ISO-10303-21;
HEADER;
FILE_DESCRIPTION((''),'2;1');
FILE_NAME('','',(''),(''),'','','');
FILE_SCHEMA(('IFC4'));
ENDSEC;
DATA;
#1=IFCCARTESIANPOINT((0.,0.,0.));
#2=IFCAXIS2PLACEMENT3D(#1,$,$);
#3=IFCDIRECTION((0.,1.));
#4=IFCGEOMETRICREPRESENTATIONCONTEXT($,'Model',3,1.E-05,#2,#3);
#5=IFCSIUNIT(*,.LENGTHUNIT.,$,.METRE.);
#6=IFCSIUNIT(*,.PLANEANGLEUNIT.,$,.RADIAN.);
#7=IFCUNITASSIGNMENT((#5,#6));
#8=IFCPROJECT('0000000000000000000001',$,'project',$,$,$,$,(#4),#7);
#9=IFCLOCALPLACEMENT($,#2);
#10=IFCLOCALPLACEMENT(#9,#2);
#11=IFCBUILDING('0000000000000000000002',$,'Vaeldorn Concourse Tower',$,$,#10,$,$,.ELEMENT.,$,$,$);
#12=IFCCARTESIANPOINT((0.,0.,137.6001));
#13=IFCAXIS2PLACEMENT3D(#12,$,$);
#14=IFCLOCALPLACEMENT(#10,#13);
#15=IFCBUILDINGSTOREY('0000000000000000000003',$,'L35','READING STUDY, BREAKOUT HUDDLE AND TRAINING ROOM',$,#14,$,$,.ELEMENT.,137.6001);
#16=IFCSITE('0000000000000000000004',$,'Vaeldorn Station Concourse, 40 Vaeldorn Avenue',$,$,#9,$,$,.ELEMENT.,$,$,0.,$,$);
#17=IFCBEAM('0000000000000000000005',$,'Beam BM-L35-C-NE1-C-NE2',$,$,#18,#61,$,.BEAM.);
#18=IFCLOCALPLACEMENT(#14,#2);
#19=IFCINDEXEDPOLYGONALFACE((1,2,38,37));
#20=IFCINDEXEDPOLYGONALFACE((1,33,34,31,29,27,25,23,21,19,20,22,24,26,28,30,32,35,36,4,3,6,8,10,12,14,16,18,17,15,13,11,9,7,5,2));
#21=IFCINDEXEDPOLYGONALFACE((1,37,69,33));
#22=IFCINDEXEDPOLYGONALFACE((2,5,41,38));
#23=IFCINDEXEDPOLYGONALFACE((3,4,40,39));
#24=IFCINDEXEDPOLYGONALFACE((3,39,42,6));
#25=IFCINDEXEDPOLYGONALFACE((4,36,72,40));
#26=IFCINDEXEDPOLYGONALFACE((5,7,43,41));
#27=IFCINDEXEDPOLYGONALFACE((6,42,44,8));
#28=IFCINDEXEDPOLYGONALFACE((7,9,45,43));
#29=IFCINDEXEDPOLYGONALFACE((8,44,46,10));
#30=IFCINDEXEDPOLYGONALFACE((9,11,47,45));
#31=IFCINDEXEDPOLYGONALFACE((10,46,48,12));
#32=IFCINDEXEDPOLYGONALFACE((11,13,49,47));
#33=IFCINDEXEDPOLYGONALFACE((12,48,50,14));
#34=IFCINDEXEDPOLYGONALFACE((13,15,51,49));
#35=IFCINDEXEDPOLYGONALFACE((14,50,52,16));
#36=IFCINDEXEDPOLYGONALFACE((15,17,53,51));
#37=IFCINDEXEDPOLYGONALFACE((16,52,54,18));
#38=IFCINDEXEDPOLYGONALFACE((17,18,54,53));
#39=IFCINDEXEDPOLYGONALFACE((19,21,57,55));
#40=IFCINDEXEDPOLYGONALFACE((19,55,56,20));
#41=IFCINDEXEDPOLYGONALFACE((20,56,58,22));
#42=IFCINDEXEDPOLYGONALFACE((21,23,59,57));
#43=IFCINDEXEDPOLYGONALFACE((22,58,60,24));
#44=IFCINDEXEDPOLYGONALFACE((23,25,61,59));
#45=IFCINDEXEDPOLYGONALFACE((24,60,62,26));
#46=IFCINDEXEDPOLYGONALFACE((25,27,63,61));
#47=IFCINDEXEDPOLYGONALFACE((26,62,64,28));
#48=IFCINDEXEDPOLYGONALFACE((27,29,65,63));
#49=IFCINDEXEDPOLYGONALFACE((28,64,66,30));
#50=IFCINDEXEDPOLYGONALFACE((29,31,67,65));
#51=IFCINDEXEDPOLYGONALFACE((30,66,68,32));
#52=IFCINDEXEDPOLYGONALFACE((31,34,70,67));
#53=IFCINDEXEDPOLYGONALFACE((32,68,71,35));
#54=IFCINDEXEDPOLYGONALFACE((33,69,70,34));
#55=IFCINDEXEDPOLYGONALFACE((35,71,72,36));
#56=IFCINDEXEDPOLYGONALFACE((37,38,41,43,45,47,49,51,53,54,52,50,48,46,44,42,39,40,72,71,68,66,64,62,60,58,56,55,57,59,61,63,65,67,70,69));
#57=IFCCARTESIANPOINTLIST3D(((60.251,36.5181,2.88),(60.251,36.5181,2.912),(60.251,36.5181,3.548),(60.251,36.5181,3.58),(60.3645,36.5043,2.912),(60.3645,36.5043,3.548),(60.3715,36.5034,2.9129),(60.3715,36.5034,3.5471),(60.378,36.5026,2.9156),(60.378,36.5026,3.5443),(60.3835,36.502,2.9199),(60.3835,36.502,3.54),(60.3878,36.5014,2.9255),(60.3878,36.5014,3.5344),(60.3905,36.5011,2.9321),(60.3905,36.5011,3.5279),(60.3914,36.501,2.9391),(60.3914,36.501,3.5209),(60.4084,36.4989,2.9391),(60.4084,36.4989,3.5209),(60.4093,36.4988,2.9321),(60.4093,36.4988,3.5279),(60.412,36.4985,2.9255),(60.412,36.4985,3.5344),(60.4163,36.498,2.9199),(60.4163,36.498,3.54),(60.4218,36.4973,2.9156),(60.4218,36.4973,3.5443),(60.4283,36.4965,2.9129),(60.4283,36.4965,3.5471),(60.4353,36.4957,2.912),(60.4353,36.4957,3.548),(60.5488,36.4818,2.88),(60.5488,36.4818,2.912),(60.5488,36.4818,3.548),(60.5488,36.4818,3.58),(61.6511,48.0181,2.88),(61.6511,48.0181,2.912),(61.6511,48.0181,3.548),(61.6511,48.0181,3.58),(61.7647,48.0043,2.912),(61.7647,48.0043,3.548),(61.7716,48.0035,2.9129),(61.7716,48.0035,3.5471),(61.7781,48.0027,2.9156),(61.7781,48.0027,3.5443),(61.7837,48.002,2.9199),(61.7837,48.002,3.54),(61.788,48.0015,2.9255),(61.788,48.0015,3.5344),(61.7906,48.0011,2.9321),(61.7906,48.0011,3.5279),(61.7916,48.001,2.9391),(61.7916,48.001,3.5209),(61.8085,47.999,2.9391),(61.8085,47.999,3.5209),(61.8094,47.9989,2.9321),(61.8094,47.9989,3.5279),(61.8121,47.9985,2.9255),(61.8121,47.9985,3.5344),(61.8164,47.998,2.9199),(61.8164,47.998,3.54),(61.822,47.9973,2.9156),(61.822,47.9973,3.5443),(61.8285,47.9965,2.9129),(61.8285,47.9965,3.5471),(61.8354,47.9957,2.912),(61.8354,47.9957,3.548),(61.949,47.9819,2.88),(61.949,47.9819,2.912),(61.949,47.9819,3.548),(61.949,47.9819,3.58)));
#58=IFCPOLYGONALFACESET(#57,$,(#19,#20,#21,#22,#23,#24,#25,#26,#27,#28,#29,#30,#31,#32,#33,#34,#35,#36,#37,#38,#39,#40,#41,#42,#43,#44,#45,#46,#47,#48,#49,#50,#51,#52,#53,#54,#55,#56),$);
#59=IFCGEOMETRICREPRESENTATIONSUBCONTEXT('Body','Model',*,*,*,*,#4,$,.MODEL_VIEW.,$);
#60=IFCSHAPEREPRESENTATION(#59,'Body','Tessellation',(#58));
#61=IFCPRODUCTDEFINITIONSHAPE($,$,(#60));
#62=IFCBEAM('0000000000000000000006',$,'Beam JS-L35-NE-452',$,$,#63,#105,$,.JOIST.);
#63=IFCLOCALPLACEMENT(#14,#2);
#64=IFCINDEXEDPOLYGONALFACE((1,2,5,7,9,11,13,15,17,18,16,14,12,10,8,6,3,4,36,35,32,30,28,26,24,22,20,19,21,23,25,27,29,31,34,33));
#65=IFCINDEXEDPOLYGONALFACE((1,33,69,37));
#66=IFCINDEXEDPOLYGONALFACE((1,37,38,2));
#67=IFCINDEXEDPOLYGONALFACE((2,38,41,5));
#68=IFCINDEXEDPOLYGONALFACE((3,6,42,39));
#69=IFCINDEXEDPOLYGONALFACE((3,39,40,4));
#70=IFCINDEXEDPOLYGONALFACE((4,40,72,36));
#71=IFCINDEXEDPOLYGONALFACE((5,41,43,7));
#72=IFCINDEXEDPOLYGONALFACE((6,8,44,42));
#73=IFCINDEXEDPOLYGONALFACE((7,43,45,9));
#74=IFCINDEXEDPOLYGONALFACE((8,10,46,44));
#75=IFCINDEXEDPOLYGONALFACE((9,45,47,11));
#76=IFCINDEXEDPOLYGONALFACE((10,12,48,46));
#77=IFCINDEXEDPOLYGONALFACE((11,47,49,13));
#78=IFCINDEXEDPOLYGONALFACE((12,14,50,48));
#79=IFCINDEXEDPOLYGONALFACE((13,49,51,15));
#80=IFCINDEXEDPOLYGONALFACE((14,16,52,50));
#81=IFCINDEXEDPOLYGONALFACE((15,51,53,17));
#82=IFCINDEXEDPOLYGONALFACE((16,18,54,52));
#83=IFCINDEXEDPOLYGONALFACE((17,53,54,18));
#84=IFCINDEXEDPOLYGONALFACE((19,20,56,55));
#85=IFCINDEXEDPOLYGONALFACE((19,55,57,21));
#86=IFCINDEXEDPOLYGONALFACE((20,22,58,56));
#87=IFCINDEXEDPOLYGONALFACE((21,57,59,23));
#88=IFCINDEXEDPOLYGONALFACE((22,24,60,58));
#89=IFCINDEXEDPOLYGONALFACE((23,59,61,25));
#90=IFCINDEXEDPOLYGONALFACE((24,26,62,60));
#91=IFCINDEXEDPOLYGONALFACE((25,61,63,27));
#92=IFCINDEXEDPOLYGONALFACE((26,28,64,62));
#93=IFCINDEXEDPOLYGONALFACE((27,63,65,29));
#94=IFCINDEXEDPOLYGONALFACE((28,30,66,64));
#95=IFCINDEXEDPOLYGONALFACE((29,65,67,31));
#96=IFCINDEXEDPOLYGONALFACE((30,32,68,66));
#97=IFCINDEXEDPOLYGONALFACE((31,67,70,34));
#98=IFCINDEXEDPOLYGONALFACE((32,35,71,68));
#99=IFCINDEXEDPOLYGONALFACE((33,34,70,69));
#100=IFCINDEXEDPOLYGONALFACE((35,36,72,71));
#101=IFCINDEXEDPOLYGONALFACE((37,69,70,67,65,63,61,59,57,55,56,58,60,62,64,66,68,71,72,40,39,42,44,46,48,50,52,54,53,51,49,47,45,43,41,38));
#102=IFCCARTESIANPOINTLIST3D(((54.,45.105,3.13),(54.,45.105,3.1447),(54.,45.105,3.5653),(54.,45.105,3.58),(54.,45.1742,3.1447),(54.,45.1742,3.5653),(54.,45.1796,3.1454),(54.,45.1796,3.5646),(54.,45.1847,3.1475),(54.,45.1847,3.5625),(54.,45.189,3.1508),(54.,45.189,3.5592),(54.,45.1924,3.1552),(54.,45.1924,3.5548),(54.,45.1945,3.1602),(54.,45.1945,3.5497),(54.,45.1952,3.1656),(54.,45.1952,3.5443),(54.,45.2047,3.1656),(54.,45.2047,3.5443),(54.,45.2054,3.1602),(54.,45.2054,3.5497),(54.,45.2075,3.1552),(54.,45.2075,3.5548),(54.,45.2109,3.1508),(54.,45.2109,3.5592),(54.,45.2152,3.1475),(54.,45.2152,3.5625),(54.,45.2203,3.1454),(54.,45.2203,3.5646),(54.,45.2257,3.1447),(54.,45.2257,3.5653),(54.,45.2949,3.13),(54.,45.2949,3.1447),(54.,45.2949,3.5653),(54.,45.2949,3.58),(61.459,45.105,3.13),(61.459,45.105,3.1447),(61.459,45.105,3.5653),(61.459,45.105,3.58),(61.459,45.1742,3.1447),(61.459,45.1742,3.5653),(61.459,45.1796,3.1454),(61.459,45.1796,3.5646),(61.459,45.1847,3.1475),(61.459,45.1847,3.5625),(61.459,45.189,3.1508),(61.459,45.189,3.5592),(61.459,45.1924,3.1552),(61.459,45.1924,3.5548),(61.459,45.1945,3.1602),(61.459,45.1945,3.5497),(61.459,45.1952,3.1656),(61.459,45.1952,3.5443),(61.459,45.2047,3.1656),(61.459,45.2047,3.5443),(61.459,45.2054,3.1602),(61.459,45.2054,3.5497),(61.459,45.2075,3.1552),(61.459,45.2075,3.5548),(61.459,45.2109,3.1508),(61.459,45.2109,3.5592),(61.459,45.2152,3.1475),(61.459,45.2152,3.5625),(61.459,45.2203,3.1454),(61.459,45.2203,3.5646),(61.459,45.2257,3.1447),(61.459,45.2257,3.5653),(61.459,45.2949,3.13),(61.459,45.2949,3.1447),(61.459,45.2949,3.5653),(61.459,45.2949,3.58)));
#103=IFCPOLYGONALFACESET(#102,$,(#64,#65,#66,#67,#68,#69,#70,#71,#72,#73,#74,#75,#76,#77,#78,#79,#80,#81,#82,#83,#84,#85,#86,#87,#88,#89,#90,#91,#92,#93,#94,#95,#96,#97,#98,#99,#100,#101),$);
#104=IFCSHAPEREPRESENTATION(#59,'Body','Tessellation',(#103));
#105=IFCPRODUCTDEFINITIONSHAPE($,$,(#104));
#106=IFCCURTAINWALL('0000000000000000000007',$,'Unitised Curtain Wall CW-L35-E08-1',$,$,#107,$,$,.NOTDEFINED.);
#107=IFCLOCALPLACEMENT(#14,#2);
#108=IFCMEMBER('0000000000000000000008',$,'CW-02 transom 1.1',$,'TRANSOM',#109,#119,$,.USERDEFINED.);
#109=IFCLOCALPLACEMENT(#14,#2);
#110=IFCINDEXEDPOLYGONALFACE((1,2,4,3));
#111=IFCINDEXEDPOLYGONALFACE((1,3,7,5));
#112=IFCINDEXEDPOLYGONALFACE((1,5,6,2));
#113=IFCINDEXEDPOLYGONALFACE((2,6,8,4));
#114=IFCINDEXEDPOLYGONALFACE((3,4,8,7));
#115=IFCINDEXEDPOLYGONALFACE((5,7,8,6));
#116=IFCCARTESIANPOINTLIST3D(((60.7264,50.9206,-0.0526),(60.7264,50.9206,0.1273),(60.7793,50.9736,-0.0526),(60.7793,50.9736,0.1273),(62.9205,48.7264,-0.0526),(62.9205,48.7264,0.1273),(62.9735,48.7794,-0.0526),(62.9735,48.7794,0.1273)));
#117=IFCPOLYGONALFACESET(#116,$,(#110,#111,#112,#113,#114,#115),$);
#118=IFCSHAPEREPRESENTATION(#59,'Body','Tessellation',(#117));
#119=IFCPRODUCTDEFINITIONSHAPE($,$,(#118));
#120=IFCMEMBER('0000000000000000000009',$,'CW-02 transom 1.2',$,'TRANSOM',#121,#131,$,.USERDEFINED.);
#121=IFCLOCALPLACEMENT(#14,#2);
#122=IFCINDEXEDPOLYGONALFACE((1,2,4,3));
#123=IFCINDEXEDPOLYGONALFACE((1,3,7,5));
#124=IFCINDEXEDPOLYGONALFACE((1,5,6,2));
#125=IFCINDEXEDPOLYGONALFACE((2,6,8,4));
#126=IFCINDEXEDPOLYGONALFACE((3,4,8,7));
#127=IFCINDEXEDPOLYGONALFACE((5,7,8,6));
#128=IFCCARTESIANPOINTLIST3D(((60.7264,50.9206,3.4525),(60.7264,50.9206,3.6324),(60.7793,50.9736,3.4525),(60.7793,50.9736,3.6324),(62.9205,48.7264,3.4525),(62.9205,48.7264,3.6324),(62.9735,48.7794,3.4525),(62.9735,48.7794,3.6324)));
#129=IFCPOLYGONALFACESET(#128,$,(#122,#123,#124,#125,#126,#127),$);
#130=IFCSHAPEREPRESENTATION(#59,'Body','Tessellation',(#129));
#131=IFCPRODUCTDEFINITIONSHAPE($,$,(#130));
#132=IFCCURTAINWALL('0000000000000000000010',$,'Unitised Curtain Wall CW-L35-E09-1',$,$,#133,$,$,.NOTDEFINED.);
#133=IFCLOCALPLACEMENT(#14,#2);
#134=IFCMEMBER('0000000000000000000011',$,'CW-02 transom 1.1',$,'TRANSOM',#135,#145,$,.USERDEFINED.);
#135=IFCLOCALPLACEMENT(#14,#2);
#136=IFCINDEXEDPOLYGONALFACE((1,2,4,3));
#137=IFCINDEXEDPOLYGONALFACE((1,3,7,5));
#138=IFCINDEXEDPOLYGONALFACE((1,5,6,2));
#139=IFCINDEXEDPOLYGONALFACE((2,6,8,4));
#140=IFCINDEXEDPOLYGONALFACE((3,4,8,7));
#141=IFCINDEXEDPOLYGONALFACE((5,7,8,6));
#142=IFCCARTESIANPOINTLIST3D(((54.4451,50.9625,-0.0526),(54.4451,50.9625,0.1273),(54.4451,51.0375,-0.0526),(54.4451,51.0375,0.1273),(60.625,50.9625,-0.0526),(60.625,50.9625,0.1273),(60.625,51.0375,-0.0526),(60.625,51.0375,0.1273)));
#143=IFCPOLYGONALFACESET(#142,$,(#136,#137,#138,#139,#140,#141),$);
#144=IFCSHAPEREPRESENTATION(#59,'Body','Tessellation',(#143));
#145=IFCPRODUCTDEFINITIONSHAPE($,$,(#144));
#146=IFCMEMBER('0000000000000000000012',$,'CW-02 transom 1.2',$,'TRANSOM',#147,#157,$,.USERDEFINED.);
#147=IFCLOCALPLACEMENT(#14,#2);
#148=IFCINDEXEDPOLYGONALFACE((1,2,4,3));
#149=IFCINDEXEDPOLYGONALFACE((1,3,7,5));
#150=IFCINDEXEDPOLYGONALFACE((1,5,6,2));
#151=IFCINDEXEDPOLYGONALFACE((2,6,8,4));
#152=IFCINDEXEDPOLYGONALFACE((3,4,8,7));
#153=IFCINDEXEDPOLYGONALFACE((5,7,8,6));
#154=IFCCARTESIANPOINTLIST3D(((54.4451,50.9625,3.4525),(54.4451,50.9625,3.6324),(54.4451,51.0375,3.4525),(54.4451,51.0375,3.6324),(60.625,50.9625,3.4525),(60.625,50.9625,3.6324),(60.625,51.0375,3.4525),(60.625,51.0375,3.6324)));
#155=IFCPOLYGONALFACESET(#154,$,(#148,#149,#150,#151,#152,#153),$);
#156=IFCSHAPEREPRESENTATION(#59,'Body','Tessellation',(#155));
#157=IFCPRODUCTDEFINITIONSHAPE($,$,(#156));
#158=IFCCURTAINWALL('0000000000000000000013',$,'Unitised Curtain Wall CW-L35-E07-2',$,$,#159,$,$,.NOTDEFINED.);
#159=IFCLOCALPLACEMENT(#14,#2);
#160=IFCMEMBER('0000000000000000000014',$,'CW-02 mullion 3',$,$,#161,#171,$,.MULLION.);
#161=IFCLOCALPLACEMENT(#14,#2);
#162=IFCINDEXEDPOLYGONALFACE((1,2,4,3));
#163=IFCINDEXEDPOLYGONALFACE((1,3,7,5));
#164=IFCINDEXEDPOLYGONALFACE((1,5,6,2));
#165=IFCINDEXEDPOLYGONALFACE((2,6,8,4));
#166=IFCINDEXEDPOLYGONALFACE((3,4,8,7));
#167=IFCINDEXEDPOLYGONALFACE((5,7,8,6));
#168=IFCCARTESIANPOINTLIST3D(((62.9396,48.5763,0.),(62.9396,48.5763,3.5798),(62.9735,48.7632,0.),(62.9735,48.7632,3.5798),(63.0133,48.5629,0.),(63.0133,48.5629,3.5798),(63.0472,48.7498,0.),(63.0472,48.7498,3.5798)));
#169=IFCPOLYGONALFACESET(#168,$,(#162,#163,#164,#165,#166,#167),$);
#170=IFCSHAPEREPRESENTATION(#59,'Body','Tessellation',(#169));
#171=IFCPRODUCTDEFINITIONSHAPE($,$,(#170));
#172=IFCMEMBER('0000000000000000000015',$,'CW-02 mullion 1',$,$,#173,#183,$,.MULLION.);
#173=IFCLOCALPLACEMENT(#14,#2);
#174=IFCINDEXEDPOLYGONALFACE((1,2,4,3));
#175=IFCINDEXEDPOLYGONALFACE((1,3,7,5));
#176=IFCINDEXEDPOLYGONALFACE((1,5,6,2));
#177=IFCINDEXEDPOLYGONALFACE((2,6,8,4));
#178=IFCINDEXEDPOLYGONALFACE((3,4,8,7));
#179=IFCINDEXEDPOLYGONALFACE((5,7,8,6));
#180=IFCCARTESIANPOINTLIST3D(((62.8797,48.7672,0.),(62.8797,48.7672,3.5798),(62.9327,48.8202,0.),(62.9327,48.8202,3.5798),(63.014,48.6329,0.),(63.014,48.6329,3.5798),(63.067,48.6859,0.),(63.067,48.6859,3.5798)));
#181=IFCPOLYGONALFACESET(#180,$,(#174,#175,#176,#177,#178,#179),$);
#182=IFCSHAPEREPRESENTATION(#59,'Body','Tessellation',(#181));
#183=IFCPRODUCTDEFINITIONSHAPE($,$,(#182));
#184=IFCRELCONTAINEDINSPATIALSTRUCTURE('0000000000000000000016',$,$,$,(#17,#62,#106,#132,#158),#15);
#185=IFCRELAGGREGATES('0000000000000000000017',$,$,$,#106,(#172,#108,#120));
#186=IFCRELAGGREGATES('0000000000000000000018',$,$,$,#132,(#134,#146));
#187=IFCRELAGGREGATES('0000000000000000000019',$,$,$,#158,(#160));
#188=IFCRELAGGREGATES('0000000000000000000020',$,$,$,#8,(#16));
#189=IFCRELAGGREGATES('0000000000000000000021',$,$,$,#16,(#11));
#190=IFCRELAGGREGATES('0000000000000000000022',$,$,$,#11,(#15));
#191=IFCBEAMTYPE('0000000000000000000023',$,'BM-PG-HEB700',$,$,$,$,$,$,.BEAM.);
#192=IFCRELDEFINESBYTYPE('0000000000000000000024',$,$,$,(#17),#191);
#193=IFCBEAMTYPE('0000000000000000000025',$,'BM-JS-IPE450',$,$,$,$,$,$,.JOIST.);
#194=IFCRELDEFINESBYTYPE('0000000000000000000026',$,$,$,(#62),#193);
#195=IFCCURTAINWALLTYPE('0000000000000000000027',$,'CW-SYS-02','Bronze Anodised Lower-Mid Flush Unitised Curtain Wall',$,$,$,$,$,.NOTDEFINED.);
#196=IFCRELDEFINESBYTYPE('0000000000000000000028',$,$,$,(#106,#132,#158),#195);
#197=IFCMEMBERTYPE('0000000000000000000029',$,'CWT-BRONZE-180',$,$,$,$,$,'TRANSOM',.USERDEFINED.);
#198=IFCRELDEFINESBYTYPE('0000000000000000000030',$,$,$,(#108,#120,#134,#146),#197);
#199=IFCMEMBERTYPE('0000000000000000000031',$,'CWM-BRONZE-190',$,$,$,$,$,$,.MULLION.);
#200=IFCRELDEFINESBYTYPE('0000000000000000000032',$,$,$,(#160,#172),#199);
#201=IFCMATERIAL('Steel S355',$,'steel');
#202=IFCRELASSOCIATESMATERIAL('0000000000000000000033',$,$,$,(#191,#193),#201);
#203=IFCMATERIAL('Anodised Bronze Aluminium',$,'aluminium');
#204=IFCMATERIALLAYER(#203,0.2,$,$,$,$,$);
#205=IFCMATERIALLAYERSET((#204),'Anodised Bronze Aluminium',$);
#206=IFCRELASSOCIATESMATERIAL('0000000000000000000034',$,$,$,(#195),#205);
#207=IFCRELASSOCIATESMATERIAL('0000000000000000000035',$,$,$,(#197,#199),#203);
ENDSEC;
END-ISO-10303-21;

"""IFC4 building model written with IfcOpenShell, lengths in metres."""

from ifc_helpers import new_model, si_unit, direction, frame, origin, origin_2d, place, context, subcontext, project, spatial, rectangle, i_section, extrude, source, transform, mapped, material, layer, layer_set, material_profile, profile_set, type_object, element, aggregate, save


model = new_model("IFC4")

# Units and contexts
model_context = context("Model", 3, precision=1e-05, world=origin(), true_north=direction((0.0, 1.0)))
body_context = subcontext(model_context, "Body", "Model", "MODEL_VIEW")
ifc_project = project(units=[si_unit("LENGTHUNIT", "METRE"), si_unit("PLANEANGLEUNIT", "RADIAN")], contexts=[model_context])

# Site, building, storey
site_placement = place(None, origin())
site = spatial("IfcSite", under=ifc_project, at=site_placement, Name="Vaeldorn Station Concourse, 40 Vaeldorn Avenue", CompositionType="ELEMENT", RefElevation=0.0)
building_placement = place(site_placement, origin())
building = spatial("IfcBuilding", under=site, at=building_placement, Name="Vaeldorn Concourse Tower", CompositionType="ELEMENT")
storey_placement = place(building_placement, frame((0.0, 0.0, 137.6001)))
storey = spatial("IfcBuildingStorey", under=building, at=storey_placement, Name="L35", Description="READING STUDY, BREAKOUT HUDDLE AND TRAINING ROOM", CompositionType="ELEMENT", Elevation=137.6001)

# Beams
ifc_material_1 = material(Name="Steel S355", Category="steel")
ifc_material_profile_1 = material_profile(ifc_material_1, i_section(OverallWidth=0.3, OverallDepth=0.7, WebThickness=0.0171, FlangeThickness=0.032, FilletRadius=0.0271, at=origin_2d()), Name="HEB 700")
ifc_profile_set_1 = profile_set([ifc_material_profile_1], Name="Steel S355")
beam_type_1 = type_object("IfcBeamType", Name="BM-PG-HEB700", PredefinedType="BEAM", material=ifc_profile_set_1)
shared_shape_1 = source(origin(), body_context, "Body", "SweptSolid", [
    extrude(i_section(OverallWidth=0.3, OverallDepth=0.7, WebThickness=0.0171, FlangeThickness=0.032, FilletRadius=0.0271, at=origin_2d()), origin(), (0.0, 0.0, 1.0), 11.585),
])
beam_1_placement = place(storey_placement, frame((61.8, 48.0, 3.23), z_axis=(-0.120859, -0.99267, 0.0), x_axis=(0.99267, -0.120859, 0.0)))
element("IfcBeam", 1, at=beam_1_placement, inside=storey, type_object=beam_type_1, Name="Beam BM-L35-C-NE1-C-NE2", PredefinedType="BEAM", context=body_context, shape_type="MappedRepresentation", body=[
    mapped(shared_shape_1, transform((0.0, 0.0, 0.0), scale=1.0)),
])
ifc_material_profile_2 = material_profile(ifc_material_1, i_section(OverallWidth=0.1899, OverallDepth=0.45, WebThickness=0.0095, FlangeThickness=0.0146, FilletRadius=0.021, at=origin_2d()), Name="IPE 450")
ifc_profile_set_2 = profile_set([ifc_material_profile_2], Name="Steel S355")
beam_type_2 = type_object("IfcBeamType", Name="BM-JS-IPE450", PredefinedType="JOIST", material=ifc_profile_set_2)
shared_shape_2 = source(origin(), body_context, "Body", "SweptSolid", [
    extrude(i_section(OverallWidth=0.1899, OverallDepth=0.45, WebThickness=0.0095, FlangeThickness=0.0146, FilletRadius=0.021, at=origin_2d()), origin(), (0.0, 0.0, 1.0), 7.459),
])
beam_2_placement = place(storey_placement, frame((54.0, 45.2, 3.355), z_axis=(1.0, 0.0, 0.0), x_axis=(0.0, 1.0, 0.0)))
element("IfcBeam", 2, at=beam_2_placement, inside=storey, type_object=beam_type_2, Name="Beam JS-L35-NE-452", PredefinedType="JOIST", context=body_context, shape_type="MappedRepresentation", body=[
    mapped(shared_shape_2, transform((0.0, 0.0, 0.0), scale=1.0)),
])

# Curtain walls, members
ifc_material_2 = material(Name="Anodised Bronze Aluminium", Category="aluminium")
ifc_layer_1 = layer(ifc_material_2, 0.2)
ifc_layer_set_1 = layer_set([ifc_layer_1], Name="Anodised Bronze Aluminium")
curtain_wall_type = type_object("IfcCurtainWallType", Name="CW-SYS-02", Description="Bronze Anodised Lower-Mid Flush Unitised Curtain Wall", PredefinedType="NOTDEFINED", material=ifc_layer_set_1)
curtain_wall_1_placement = place(storey_placement, origin())
curtain_wall_1 = element("IfcCurtainWall", 3, at=curtain_wall_1_placement, inside=storey, type_object=curtain_wall_type, Name="Unitised Curtain Wall CW-L35-E08-1", PredefinedType="NOTDEFINED")
ifc_material_profile_3 = material_profile(ifc_material_2, rectangle(XDim=0.075, YDim=0.1799, at=origin_2d()), Name="CWT 75x180")
ifc_profile_set_3 = profile_set([ifc_material_profile_3], Name="Anodised Bronze Aluminium")
member_type_1 = type_object("IfcMemberType", Name="CWT-BRONZE-180", ElementType="TRANSOM", PredefinedType="USERDEFINED", material=ifc_profile_set_3)
shared_shape_3 = source(origin(), body_context, "Body", "SweptSolid", [
    extrude(rectangle(XDim=0.075, YDim=0.1799, at=origin_2d()), origin(), (0.0, 0.0, 1.0), 3.103),
])
member_1_placement = place(storey_placement, frame((62.947, 48.7529, 0.0374), z_axis=(-0.707107, 0.707107, 0.0), x_axis=(-0.707107, -0.707107, 0.0)))
member_1 = element("IfcMember", 4, at=member_1_placement, type_object=member_type_1, Name="CW-02 transom 1.1", ObjectType="TRANSOM", PredefinedType="USERDEFINED", context=body_context, shape_type="MappedRepresentation", body=[
    mapped(shared_shape_3, transform((0.0, 0.0, 0.0), scale=1.0)),
])
member_2_placement = place(storey_placement, frame((62.947, 48.7529, 3.5425), z_axis=(-0.707107, 0.707107, 0.0), x_axis=(-0.707107, -0.707107, 0.0)))
member_2 = element("IfcMember", 5, at=member_2_placement, type_object=member_type_1, Name="CW-02 transom 1.2", ObjectType="TRANSOM", PredefinedType="USERDEFINED", context=body_context, shape_type="MappedRepresentation", body=[
    mapped(shared_shape_3, transform((0.0, 0.0, 0.0), scale=1.0)),
])
curtain_wall_2_placement = place(storey_placement, origin())
curtain_wall_2 = element("IfcCurtainWall", 6, at=curtain_wall_2_placement, inside=storey, type_object=curtain_wall_type, Name="Unitised Curtain Wall CW-L35-E09-1", PredefinedType="NOTDEFINED")
shared_shape_4 = source(origin(), body_context, "Body", "SweptSolid", [
    extrude(rectangle(XDim=0.075, YDim=0.1799, at=origin_2d()), origin(), (0.0, 0.0, 1.0), 6.1799),
])
member_3_placement = place(storey_placement, frame((60.625, 51.0, 0.0374), z_axis=(-1.0, 0.0, 0.0), x_axis=(0.0, -1.0, 0.0)))
member_3 = element("IfcMember", 7, at=member_3_placement, type_object=member_type_1, Name="CW-02 transom 1.1", ObjectType="TRANSOM", PredefinedType="USERDEFINED", context=body_context, shape_type="MappedRepresentation", body=[
    mapped(shared_shape_4, transform((0.0, 0.0, 0.0), scale=1.0)),
])
member_4_placement = place(storey_placement, frame((60.625, 51.0, 3.5425), z_axis=(-1.0, 0.0, 0.0), x_axis=(0.0, -1.0, 0.0)))
member_4 = element("IfcMember", 8, at=member_4_placement, type_object=member_type_1, Name="CW-02 transom 1.2", ObjectType="TRANSOM", PredefinedType="USERDEFINED", context=body_context, shape_type="MappedRepresentation", body=[
    mapped(shared_shape_4, transform((0.0, 0.0, 0.0), scale=1.0)),
])

# Curtain wall, member
curtain_wall_3_placement = place(storey_placement, origin())
curtain_wall_3 = element("IfcCurtainWall", 9, at=curtain_wall_3_placement, inside=storey, type_object=curtain_wall_type, Name="Unitised Curtain Wall CW-L35-E07-2", PredefinedType="NOTDEFINED")
ifc_material_profile_4 = material_profile(ifc_material_2, rectangle(XDim=0.075, YDim=0.1899, at=origin_2d()), Name="CWM 75x190")
ifc_profile_set_4 = profile_set([ifc_material_profile_4], Name="Anodised Bronze Aluminium")
member_type_2 = type_object("IfcMemberType", Name="CWM-BRONZE-190", PredefinedType="MULLION", material=ifc_profile_set_4)
shared_shape_5 = source(origin(), body_context, "Body", "SweptSolid", [
    extrude(rectangle(XDim=0.075, YDim=0.1899, at=origin_2d()), origin(), (0.0, 0.0, 1.0), 3.5798),
])
member_5_placement = place(storey_placement, frame((62.9934, 48.6631, 0.0), z_axis=(0.0, 0.0, 1.0), x_axis=(-0.98392, 0.178608, 0.0)))
member_5 = element("IfcMember", 10, at=member_5_placement, type_object=member_type_2, Name="CW-02 mullion 3", PredefinedType="MULLION", context=body_context, shape_type="MappedRepresentation", body=[
    mapped(shared_shape_5, transform((0.0, 0.0, 0.0), scale=1.0)),
])

# Member
member_6_placement = place(storey_placement, frame((62.9734, 48.7266, 0.0), z_axis=(0.0, 0.0, 1.0), x_axis=(-0.707107, -0.707107, 0.0)))
member_6 = element("IfcMember", 11, at=member_6_placement, type_object=member_type_2, Name="CW-02 mullion 1", PredefinedType="MULLION", context=body_context, shape_type="MappedRepresentation", body=[
    mapped(shared_shape_5, transform((0.0, 0.0, 0.0), scale=1.0)),
])

aggregate(curtain_wall_1, [member_6, member_1, member_2])
aggregate(curtain_wall_2, [member_3, member_4])
aggregate(curtain_wall_3, [member_5])

save(model, "model.ifc")
